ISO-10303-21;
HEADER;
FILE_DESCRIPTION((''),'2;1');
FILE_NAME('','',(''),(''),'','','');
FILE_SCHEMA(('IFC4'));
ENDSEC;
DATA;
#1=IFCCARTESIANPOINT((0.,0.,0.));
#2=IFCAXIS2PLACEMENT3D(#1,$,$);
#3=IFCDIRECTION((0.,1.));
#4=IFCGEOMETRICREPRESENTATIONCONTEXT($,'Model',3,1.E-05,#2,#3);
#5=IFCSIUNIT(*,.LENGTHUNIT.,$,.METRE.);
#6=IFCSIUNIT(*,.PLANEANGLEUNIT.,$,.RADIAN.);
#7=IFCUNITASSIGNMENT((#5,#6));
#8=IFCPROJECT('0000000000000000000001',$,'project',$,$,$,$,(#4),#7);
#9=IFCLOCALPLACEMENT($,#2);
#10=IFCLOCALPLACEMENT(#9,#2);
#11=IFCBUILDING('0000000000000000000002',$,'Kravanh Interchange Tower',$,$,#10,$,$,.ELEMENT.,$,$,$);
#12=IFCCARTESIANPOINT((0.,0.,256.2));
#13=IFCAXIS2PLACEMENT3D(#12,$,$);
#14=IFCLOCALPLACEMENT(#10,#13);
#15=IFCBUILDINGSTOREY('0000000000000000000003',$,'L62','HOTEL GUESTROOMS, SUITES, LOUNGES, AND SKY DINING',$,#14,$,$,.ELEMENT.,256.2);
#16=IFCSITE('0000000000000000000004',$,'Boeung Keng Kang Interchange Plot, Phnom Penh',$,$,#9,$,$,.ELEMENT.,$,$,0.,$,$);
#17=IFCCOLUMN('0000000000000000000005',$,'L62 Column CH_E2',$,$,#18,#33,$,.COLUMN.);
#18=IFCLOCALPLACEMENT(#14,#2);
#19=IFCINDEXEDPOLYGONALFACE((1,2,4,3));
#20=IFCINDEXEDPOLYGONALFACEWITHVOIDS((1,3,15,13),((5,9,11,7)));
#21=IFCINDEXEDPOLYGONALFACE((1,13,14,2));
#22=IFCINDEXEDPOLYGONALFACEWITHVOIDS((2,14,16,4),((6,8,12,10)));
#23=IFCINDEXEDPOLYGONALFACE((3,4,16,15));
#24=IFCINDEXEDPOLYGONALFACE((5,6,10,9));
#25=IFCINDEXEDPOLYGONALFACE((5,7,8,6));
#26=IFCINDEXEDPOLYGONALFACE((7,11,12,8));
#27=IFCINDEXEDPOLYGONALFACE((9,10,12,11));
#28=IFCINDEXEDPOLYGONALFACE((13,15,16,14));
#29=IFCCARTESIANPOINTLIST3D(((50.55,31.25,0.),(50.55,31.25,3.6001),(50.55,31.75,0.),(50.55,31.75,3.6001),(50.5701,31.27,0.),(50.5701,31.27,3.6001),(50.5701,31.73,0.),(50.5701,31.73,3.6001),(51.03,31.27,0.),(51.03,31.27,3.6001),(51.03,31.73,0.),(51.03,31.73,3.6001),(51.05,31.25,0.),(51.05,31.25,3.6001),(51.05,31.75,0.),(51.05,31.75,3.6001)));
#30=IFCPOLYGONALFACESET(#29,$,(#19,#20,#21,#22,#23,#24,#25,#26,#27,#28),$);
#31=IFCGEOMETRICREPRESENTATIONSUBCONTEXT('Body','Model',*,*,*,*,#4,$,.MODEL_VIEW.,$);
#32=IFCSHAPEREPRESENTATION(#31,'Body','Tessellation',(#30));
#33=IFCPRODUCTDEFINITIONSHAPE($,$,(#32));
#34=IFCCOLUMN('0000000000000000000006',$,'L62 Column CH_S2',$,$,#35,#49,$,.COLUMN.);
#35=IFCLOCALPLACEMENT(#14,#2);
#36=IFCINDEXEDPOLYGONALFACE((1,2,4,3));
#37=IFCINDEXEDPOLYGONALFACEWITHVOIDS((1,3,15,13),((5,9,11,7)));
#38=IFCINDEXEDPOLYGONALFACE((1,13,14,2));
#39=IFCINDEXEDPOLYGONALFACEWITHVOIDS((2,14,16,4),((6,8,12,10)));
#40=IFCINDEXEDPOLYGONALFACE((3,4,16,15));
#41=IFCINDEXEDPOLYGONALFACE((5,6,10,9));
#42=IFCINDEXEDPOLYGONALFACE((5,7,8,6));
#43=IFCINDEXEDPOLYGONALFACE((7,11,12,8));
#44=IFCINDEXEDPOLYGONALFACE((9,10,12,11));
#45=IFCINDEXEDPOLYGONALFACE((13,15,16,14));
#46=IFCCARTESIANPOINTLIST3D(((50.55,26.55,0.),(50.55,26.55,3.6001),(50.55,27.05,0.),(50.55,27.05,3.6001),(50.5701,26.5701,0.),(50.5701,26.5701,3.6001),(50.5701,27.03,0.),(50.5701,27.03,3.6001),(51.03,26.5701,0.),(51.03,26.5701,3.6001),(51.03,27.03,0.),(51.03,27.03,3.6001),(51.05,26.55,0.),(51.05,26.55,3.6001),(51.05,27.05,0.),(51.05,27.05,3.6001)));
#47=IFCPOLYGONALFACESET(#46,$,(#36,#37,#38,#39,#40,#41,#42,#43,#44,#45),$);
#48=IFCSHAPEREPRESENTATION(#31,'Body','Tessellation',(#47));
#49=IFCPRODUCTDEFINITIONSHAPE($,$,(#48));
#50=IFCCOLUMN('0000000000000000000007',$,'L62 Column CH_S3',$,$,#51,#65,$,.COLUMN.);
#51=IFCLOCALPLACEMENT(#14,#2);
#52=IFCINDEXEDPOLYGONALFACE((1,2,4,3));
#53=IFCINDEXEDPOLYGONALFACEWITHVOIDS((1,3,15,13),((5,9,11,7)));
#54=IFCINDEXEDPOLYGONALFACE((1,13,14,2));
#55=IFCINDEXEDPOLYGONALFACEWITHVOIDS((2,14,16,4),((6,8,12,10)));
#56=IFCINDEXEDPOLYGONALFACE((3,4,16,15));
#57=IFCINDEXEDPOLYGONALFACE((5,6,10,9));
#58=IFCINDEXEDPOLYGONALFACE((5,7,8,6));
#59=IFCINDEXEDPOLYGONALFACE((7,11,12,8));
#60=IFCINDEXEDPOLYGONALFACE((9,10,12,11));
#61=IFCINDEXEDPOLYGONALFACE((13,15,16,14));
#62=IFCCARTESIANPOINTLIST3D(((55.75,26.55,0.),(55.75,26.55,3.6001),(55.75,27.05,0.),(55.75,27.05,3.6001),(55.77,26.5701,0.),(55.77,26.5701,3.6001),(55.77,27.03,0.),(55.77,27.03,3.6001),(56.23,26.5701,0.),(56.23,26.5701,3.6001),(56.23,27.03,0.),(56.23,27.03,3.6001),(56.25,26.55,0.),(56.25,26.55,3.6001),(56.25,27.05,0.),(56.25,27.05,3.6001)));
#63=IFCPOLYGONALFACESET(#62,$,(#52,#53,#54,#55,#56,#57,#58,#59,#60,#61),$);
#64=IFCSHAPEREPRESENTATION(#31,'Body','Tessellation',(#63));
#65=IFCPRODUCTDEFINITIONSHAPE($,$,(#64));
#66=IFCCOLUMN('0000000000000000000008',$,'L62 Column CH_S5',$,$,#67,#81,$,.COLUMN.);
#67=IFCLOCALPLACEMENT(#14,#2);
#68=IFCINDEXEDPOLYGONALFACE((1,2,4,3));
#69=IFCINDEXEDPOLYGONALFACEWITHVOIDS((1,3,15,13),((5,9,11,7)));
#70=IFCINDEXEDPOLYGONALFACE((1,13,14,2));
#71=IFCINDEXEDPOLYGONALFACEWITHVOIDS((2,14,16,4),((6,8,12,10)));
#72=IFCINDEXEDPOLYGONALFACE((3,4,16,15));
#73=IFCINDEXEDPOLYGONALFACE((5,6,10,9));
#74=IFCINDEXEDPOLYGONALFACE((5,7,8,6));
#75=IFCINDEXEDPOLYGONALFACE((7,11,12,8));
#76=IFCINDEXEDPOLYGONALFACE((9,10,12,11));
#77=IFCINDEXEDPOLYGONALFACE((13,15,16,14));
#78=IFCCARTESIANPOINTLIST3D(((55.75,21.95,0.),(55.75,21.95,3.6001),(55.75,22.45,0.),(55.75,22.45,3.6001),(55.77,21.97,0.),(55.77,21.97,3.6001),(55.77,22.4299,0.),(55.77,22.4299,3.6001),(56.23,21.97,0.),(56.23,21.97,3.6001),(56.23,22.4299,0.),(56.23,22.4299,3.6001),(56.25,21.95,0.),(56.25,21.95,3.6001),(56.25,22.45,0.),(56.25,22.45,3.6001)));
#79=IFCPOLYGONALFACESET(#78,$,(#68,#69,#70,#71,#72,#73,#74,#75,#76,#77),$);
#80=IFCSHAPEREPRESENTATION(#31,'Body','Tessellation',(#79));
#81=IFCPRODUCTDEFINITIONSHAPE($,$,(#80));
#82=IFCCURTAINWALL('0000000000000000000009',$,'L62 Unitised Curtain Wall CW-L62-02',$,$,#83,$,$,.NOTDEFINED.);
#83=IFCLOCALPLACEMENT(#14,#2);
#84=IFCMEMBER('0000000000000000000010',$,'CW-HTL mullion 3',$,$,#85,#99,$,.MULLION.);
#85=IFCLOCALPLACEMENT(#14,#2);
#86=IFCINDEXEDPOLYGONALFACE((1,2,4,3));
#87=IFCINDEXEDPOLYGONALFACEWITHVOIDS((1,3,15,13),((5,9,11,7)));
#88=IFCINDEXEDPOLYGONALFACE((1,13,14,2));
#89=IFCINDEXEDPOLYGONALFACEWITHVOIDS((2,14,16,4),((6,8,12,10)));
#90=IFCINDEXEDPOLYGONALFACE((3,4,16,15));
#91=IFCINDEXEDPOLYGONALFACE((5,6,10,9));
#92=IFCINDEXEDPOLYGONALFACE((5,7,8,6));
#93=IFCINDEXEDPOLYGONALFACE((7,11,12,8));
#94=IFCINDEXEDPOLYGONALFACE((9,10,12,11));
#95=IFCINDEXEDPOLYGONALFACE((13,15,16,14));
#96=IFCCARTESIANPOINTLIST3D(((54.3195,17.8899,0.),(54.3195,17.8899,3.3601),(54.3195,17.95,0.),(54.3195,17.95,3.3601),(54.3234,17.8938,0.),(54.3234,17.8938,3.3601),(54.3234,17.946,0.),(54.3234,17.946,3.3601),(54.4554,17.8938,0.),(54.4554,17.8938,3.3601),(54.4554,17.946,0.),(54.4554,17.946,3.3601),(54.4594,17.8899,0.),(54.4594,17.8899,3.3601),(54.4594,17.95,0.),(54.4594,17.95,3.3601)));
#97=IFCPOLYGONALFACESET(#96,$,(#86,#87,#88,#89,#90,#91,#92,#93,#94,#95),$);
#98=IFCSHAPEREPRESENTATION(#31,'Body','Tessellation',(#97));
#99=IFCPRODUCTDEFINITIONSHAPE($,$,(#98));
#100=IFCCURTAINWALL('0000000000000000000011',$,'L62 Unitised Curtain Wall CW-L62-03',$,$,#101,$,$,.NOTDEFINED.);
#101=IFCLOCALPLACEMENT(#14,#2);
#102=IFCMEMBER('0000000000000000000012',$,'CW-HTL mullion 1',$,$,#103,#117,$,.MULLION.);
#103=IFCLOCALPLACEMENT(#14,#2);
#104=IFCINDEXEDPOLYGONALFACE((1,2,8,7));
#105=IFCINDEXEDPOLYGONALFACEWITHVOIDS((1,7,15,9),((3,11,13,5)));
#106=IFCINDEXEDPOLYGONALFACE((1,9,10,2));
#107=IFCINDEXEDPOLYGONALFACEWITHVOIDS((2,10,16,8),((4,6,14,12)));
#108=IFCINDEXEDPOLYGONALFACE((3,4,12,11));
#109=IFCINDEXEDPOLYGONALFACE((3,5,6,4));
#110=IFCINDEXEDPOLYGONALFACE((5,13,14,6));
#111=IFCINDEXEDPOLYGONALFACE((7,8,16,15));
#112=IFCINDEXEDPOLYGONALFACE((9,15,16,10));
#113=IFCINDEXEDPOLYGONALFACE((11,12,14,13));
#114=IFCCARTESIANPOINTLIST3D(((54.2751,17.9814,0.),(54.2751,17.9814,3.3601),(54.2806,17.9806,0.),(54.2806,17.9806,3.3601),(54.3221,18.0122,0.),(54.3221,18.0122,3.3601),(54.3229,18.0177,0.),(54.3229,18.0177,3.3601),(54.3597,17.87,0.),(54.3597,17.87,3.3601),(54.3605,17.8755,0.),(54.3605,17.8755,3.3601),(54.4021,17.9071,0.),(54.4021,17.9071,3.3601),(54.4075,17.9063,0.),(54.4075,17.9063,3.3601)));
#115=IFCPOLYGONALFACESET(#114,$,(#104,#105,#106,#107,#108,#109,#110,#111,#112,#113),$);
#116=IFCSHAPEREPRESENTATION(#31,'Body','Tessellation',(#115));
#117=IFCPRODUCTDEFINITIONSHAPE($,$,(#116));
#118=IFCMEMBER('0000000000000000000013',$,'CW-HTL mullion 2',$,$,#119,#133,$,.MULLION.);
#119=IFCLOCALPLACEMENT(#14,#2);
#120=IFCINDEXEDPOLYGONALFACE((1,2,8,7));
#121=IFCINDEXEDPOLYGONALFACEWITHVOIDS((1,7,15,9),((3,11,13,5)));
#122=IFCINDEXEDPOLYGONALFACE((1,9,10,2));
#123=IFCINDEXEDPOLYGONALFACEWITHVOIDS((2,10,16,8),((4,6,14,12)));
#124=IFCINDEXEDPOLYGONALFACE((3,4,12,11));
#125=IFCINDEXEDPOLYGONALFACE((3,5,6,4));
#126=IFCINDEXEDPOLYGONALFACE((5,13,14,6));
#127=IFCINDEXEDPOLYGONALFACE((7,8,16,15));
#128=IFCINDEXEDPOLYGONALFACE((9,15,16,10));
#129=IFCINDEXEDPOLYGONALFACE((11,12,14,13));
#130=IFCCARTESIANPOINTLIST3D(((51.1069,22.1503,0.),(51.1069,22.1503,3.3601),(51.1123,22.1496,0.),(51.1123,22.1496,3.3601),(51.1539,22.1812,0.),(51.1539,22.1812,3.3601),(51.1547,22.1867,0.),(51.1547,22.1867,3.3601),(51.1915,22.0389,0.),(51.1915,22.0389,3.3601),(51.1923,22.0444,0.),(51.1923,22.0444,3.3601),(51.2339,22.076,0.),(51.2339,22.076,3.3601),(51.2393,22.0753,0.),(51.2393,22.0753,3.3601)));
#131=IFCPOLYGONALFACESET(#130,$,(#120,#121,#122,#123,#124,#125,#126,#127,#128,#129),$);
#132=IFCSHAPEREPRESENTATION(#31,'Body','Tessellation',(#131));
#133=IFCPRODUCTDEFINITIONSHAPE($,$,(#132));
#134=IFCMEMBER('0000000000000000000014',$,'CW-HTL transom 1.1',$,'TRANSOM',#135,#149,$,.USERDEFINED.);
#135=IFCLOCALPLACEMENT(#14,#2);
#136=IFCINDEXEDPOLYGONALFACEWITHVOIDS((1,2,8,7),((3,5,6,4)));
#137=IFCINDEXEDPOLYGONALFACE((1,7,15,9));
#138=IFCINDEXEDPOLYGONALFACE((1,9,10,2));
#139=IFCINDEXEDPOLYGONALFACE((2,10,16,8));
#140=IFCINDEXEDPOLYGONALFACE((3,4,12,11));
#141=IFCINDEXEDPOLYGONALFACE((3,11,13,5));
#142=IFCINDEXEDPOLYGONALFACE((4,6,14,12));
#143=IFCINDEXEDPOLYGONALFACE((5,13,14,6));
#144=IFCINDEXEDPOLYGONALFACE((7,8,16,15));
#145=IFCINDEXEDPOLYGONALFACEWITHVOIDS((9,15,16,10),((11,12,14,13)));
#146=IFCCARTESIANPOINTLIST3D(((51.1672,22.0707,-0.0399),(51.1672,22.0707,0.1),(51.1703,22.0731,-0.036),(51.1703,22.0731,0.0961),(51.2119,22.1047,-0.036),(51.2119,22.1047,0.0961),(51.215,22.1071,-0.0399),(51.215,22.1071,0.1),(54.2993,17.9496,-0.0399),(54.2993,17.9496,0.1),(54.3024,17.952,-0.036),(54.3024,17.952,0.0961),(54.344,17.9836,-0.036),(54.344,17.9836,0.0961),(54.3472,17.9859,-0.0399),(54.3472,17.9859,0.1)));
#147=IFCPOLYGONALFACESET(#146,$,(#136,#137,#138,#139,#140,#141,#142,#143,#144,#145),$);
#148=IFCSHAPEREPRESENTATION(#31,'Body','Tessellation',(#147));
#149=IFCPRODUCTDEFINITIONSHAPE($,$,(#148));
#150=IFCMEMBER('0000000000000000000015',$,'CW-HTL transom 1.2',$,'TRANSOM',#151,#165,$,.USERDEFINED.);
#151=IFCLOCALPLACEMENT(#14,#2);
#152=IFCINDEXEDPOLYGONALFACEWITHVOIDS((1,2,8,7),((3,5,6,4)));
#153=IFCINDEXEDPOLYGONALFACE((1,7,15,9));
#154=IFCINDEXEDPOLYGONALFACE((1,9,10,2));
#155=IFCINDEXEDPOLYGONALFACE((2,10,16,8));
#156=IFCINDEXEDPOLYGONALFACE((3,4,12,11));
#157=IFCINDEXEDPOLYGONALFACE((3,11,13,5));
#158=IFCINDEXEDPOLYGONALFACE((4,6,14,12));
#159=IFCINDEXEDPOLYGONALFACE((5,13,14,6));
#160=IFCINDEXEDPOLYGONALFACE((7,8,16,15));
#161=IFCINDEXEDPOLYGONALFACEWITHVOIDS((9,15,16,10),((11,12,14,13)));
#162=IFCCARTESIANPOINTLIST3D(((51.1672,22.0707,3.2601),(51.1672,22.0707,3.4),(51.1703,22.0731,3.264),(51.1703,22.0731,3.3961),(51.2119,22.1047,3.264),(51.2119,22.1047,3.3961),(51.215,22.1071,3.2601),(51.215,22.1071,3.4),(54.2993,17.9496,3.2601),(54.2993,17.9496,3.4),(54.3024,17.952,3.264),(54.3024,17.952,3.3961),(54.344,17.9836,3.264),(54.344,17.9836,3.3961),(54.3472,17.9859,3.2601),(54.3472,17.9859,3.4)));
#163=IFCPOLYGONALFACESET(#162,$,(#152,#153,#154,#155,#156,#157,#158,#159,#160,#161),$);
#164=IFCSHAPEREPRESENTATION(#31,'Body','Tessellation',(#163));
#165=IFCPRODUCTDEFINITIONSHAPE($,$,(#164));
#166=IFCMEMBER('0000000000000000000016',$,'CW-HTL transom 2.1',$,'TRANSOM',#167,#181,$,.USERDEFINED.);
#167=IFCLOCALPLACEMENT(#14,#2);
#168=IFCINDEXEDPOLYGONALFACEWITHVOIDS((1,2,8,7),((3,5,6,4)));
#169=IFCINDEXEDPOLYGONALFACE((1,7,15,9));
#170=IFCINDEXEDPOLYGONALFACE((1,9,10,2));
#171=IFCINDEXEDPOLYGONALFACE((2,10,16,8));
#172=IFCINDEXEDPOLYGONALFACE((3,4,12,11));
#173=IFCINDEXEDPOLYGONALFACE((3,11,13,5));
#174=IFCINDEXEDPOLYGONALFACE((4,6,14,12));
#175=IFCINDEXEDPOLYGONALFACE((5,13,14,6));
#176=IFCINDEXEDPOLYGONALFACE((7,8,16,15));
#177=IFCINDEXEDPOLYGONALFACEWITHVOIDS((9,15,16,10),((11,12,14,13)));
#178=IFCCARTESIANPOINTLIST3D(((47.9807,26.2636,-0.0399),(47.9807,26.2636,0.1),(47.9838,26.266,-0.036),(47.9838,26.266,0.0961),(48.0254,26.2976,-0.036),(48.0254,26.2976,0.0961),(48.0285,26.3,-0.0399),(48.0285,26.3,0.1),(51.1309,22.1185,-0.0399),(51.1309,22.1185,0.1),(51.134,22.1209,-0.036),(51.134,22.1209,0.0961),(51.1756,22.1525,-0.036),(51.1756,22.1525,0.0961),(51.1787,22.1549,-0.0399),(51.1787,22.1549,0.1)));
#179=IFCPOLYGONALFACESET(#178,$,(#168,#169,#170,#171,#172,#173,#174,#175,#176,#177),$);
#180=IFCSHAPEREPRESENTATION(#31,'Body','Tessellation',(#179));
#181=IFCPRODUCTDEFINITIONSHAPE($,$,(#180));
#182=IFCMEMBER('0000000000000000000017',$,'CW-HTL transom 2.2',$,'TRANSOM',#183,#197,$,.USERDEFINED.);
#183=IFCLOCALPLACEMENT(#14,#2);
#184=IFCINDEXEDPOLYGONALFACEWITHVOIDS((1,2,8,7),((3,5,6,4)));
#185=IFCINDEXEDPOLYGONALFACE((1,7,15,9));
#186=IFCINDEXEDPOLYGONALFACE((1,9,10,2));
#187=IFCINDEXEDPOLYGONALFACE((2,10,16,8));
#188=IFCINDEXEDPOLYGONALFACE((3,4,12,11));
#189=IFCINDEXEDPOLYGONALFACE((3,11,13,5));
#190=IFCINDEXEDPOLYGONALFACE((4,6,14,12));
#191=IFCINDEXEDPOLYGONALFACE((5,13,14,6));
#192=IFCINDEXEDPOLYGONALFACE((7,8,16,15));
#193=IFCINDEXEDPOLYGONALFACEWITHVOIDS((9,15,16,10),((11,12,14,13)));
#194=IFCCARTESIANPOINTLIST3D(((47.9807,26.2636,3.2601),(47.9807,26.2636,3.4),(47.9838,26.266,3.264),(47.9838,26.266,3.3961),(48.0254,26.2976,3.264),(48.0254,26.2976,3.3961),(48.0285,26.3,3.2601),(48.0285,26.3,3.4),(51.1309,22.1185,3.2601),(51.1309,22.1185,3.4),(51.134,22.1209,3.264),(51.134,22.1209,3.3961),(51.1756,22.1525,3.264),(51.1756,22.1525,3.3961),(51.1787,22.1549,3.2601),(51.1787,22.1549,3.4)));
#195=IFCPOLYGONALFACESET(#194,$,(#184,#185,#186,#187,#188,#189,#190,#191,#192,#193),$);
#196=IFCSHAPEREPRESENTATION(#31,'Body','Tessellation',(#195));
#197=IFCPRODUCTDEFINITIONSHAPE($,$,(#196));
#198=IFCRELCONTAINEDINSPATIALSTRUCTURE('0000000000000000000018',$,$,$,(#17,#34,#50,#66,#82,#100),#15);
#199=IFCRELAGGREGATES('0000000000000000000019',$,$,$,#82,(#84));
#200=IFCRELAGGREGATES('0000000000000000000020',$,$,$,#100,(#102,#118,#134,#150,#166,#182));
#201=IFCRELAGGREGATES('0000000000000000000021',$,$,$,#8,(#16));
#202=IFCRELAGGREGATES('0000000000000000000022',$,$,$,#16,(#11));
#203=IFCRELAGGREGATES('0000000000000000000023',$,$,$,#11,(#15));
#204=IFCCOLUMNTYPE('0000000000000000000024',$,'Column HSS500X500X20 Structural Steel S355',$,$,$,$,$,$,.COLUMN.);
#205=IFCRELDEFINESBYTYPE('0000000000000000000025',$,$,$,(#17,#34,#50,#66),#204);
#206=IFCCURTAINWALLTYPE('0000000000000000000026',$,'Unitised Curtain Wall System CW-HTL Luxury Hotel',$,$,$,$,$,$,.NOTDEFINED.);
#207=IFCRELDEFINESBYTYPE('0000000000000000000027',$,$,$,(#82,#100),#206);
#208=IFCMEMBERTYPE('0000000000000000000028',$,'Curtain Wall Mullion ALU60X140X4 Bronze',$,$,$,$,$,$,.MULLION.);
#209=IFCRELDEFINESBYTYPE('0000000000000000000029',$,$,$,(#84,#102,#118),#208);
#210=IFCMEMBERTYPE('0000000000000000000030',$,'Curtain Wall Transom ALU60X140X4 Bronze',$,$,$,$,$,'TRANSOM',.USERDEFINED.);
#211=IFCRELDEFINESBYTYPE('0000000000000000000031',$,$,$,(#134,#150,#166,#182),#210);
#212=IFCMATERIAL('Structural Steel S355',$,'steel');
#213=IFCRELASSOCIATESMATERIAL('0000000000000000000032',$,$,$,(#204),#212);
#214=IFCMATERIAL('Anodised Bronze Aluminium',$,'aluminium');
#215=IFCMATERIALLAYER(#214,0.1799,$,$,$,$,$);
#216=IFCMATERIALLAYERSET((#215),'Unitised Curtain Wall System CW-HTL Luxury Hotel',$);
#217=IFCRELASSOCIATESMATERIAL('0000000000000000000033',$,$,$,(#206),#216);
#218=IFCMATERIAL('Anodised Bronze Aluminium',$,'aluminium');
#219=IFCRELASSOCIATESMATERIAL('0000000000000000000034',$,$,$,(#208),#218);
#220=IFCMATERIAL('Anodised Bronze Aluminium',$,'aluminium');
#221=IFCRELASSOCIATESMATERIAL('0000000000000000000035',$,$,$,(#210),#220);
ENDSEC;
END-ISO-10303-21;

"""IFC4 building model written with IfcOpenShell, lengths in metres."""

from ifc_helpers import new_model, si_unit, direction, frame, origin, origin_2d, place, context, subcontext, project, spatial, hollow_rectangle, extrude, material, layer, layer_set, material_profile, profile_set, type_object, element, aggregate, save


model = new_model("IFC4")

# Units and contexts
model_context = context("Model", 3, precision=1e-05, world=origin(), true_north=direction((0.0, 1.0)))
body_context = subcontext(model_context, "Body", "Model", "MODEL_VIEW")
ifc_project = project(units=[si_unit("LENGTHUNIT", "METRE"), si_unit("PLANEANGLEUNIT", "RADIAN")], contexts=[model_context])

# Site, building, storey
site_placement = place(None, origin())
site = spatial("IfcSite", under=ifc_project, at=site_placement, Name="Boeung Keng Kang Interchange Plot, Phnom Penh", CompositionType="ELEMENT", RefElevation=0.0)
building_placement = place(site_placement, origin())
building = spatial("IfcBuilding", under=site, at=building_placement, Name="Kravanh Interchange Tower", CompositionType="ELEMENT")
storey_placement = place(building_placement, frame((0.0, 0.0, 256.2)))
storey = spatial("IfcBuildingStorey", under=building, at=storey_placement, Name="L62", Description="HOTEL GUESTROOMS, SUITES, LOUNGES, AND SKY DINING", CompositionType="ELEMENT", Elevation=256.2)

# Columns
ifc_material_1 = material(Name="Structural Steel S355", Category="steel")
ifc_material_profile_1 = material_profile(ifc_material_1, hollow_rectangle(XDim=0.5, YDim=0.5, WallThickness=0.02, at=origin_2d()), Name="HSS500X500X20")
ifc_profile_set_1 = profile_set([ifc_material_profile_1], Name="Structural Steel S355")
column_type = type_object("IfcColumnType", Name="Column HSS500X500X20 Structural Steel S355", PredefinedType="COLUMN", material=ifc_profile_set_1)
for number, where, z_axis, x_axis, name in (
    (1, (50.8, 31.5, 0.0), (0.0, 0.0, 1.0), (1.0, 0.0, 0.0), "L62 Column CH_E2"),
    (2, (50.8, 26.8, 0.0), (0.0, 0.0, 1.0), (1.0, 0.0, 0.0), "L62 Column CH_S2"),
    (3, (56.0, 26.8, 0.0), (0.0, 0.0, 1.0), (1.0, 0.0, 0.0), "L62 Column CH_S3"),
    (4, (56.0, 22.2, 0.0), (0.0, 0.0, 1.0), (1.0, 0.0, 0.0), "L62 Column CH_S5"),
):
    element("IfcColumn", number, at=place(storey_placement, frame(where, z_axis=z_axis, x_axis=x_axis)), inside=storey, type_object=column_type, Name=name, PredefinedType="COLUMN", context=body_context, shape_type="SweptSolid", body=[
        extrude(hollow_rectangle(XDim=0.5, YDim=0.5, WallThickness=0.02, at=origin_2d()), origin(), (0.0, 0.0, 1.0), 3.6001),
    ])

# Curtain wall, member
ifc_material_2 = material(Name="Anodised Bronze Aluminium", Category="aluminium")
ifc_layer_1 = layer(ifc_material_2, 0.1799)
ifc_layer_set_1 = layer_set([ifc_layer_1], Name="Unitised Curtain Wall System CW-HTL Luxury Hotel")
curtain_wall_type = type_object("IfcCurtainWallType", Name="Unitised Curtain Wall System CW-HTL Luxury Hotel", PredefinedType="NOTDEFINED", material=ifc_layer_set_1)
curtain_wall_1_placement = place(storey_placement, origin())
curtain_wall_1 = element("IfcCurtainWall", 5, at=curtain_wall_1_placement, inside=storey, type_object=curtain_wall_type, Name="L62 Unitised Curtain Wall CW-L62-02", PredefinedType="NOTDEFINED")
ifc_material_3 = material(Name="Anodised Bronze Aluminium", Category="aluminium")
ifc_material_profile_2 = material_profile(ifc_material_3, hollow_rectangle(XDim=0.0601, YDim=0.1399, WallThickness=0.0039, at=origin_2d()), Name="ALU60X140X4")
ifc_profile_set_2 = profile_set([ifc_material_profile_2], Name="Anodised Bronze Aluminium")
member_type_1 = type_object("IfcMemberType", Name="Curtain Wall Mullion ALU60X140X4 Bronze", PredefinedType="MULLION", material=ifc_profile_set_2)
member_1_placement = place(storey_placement, frame((54.3894, 17.9199, 0.0), z_axis=(0.0, 0.0, 1.0), x_axis=(0.0, -1.0, 0.0)))
member_1 = element("IfcMember", 6, at=member_1_placement, type_object=member_type_1, Name="CW-HTL mullion 3", PredefinedType="MULLION", context=body_context, shape_type="SweptSolid", body=[
    extrude(hollow_rectangle(XDim=0.0601, YDim=0.1399, WallThickness=0.0039, at=origin_2d()), origin(), (0.0, 0.0, 1.0), 3.3601),
])

# Curtain wall, members
curtain_wall_2_placement = place(storey_placement, origin())
curtain_wall_2 = element("IfcCurtainWall", 7, at=curtain_wall_2_placement, inside=storey, type_object=curtain_wall_type, Name="L62 Unitised Curtain Wall CW-L62-03", PredefinedType="NOTDEFINED")
member_2_placement = place(storey_placement, frame((54.3413, 17.9438, 0.0), z_axis=(0.0, 0.0, 1.0), x_axis=(-0.796162, -0.605083, 0.0)))
member_2 = element("IfcMember", 8, at=member_2_placement, type_object=member_type_1, Name="CW-HTL mullion 1", PredefinedType="MULLION", context=body_context, shape_type="SweptSolid", body=[
    extrude(hollow_rectangle(XDim=0.0601, YDim=0.1399, WallThickness=0.0039, at=origin_2d()), origin(), (0.0, 0.0, 1.0), 3.3601),
])
member_3_placement = place(storey_placement, frame((51.1731, 22.1128, 0.0), z_axis=(0.0, 0.0, 1.0), x_axis=(-0.796162, -0.605083, 0.0)))
member_3 = element("IfcMember", 9, at=member_3_placement, type_object=member_type_1, Name="CW-HTL mullion 2", PredefinedType="MULLION", context=body_context, shape_type="SweptSolid", body=[
    extrude(hollow_rectangle(XDim=0.0601, YDim=0.1399, WallThickness=0.0039, at=origin_2d()), origin(), (0.0, 0.0, 1.0), 3.3601),
])
ifc_material_4 = material(Name="Anodised Bronze Aluminium", Category="aluminium")
ifc_material_profile_3 = material_profile(ifc_material_4, hollow_rectangle(XDim=0.0601, YDim=0.1399, WallThickness=0.0039, at=origin_2d()), Name="ALU60X140X4")
ifc_profile_set_3 = profile_set([ifc_material_profile_3], Name="Anodised Bronze Aluminium")
member_type_2 = type_object("IfcMemberType", Name="Curtain Wall Transom ALU60X140X4 Bronze", ElementType="TRANSOM", PredefinedType="USERDEFINED", material=ifc_profile_set_3)
member_4_placement = place(storey_placement, frame((54.3232, 17.9678, 0.03), z_axis=(-0.605089, 0.796158, 0.0), x_axis=(-0.796158, -0.605089, 0.0)))
member_4 = element("IfcMember", 10, at=member_4_placement, type_object=member_type_2, Name="CW-HTL transom 1.1", ObjectType="TRANSOM", PredefinedType="USERDEFINED", context=body_context, shape_type="SweptSolid", body=[
    extrude(hollow_rectangle(XDim=0.0601, YDim=0.1399, WallThickness=0.0039, at=origin_2d()), origin(), (0.0, 0.0, 1.0), 5.1763),
])
member_5_placement = place(storey_placement, frame((54.3232, 17.9678, 3.3301), z_axis=(-0.605089, 0.796158, 0.0), x_axis=(-0.796158, -0.605089, 0.0)))
member_5 = element("IfcMember", 11, at=member_5_placement, type_object=member_type_2, Name="CW-HTL transom 1.2", ObjectType="TRANSOM", PredefinedType="USERDEFINED", context=body_context, shape_type="SweptSolid", body=[
    extrude(hollow_rectangle(XDim=0.0601, YDim=0.1399, WallThickness=0.0039, at=origin_2d()), origin(), (0.0, 0.0, 1.0), 5.1763),
])
member_6_placement = place(storey_placement, frame((51.1548, 22.1367, 0.03), z_axis=(-0.605075, 0.796169, 0.0), x_axis=(-0.796169, -0.605075, 0.0)))
member_6 = element("IfcMember", 12, at=member_6_placement, type_object=member_type_2, Name="CW-HTL transom 2.1", ObjectType="TRANSOM", PredefinedType="USERDEFINED", context=body_context, shape_type="SweptSolid", body=[
    extrude(hollow_rectangle(XDim=0.0601, YDim=0.1399, WallThickness=0.0039, at=origin_2d()), origin(), (0.0, 0.0, 1.0), 5.2063),
])
member_7_placement = place(storey_placement, frame((51.1548, 22.1367, 3.3301), z_axis=(-0.605075, 0.796169, 0.0), x_axis=(-0.796169, -0.605075, 0.0)))
member_7 = element("IfcMember", 13, at=member_7_placement, type_object=member_type_2, Name="CW-HTL transom 2.2", ObjectType="TRANSOM", PredefinedType="USERDEFINED", context=body_context, shape_type="SweptSolid", body=[
    extrude(hollow_rectangle(XDim=0.0601, YDim=0.1399, WallThickness=0.0039, at=origin_2d()), origin(), (0.0, 0.0, 1.0), 5.2063),
])

aggregate(curtain_wall_1, [member_1])
aggregate(curtain_wall_2, [member_2, member_3, member_4, member_5, member_6, member_7])

save(model, "model.ifc")
